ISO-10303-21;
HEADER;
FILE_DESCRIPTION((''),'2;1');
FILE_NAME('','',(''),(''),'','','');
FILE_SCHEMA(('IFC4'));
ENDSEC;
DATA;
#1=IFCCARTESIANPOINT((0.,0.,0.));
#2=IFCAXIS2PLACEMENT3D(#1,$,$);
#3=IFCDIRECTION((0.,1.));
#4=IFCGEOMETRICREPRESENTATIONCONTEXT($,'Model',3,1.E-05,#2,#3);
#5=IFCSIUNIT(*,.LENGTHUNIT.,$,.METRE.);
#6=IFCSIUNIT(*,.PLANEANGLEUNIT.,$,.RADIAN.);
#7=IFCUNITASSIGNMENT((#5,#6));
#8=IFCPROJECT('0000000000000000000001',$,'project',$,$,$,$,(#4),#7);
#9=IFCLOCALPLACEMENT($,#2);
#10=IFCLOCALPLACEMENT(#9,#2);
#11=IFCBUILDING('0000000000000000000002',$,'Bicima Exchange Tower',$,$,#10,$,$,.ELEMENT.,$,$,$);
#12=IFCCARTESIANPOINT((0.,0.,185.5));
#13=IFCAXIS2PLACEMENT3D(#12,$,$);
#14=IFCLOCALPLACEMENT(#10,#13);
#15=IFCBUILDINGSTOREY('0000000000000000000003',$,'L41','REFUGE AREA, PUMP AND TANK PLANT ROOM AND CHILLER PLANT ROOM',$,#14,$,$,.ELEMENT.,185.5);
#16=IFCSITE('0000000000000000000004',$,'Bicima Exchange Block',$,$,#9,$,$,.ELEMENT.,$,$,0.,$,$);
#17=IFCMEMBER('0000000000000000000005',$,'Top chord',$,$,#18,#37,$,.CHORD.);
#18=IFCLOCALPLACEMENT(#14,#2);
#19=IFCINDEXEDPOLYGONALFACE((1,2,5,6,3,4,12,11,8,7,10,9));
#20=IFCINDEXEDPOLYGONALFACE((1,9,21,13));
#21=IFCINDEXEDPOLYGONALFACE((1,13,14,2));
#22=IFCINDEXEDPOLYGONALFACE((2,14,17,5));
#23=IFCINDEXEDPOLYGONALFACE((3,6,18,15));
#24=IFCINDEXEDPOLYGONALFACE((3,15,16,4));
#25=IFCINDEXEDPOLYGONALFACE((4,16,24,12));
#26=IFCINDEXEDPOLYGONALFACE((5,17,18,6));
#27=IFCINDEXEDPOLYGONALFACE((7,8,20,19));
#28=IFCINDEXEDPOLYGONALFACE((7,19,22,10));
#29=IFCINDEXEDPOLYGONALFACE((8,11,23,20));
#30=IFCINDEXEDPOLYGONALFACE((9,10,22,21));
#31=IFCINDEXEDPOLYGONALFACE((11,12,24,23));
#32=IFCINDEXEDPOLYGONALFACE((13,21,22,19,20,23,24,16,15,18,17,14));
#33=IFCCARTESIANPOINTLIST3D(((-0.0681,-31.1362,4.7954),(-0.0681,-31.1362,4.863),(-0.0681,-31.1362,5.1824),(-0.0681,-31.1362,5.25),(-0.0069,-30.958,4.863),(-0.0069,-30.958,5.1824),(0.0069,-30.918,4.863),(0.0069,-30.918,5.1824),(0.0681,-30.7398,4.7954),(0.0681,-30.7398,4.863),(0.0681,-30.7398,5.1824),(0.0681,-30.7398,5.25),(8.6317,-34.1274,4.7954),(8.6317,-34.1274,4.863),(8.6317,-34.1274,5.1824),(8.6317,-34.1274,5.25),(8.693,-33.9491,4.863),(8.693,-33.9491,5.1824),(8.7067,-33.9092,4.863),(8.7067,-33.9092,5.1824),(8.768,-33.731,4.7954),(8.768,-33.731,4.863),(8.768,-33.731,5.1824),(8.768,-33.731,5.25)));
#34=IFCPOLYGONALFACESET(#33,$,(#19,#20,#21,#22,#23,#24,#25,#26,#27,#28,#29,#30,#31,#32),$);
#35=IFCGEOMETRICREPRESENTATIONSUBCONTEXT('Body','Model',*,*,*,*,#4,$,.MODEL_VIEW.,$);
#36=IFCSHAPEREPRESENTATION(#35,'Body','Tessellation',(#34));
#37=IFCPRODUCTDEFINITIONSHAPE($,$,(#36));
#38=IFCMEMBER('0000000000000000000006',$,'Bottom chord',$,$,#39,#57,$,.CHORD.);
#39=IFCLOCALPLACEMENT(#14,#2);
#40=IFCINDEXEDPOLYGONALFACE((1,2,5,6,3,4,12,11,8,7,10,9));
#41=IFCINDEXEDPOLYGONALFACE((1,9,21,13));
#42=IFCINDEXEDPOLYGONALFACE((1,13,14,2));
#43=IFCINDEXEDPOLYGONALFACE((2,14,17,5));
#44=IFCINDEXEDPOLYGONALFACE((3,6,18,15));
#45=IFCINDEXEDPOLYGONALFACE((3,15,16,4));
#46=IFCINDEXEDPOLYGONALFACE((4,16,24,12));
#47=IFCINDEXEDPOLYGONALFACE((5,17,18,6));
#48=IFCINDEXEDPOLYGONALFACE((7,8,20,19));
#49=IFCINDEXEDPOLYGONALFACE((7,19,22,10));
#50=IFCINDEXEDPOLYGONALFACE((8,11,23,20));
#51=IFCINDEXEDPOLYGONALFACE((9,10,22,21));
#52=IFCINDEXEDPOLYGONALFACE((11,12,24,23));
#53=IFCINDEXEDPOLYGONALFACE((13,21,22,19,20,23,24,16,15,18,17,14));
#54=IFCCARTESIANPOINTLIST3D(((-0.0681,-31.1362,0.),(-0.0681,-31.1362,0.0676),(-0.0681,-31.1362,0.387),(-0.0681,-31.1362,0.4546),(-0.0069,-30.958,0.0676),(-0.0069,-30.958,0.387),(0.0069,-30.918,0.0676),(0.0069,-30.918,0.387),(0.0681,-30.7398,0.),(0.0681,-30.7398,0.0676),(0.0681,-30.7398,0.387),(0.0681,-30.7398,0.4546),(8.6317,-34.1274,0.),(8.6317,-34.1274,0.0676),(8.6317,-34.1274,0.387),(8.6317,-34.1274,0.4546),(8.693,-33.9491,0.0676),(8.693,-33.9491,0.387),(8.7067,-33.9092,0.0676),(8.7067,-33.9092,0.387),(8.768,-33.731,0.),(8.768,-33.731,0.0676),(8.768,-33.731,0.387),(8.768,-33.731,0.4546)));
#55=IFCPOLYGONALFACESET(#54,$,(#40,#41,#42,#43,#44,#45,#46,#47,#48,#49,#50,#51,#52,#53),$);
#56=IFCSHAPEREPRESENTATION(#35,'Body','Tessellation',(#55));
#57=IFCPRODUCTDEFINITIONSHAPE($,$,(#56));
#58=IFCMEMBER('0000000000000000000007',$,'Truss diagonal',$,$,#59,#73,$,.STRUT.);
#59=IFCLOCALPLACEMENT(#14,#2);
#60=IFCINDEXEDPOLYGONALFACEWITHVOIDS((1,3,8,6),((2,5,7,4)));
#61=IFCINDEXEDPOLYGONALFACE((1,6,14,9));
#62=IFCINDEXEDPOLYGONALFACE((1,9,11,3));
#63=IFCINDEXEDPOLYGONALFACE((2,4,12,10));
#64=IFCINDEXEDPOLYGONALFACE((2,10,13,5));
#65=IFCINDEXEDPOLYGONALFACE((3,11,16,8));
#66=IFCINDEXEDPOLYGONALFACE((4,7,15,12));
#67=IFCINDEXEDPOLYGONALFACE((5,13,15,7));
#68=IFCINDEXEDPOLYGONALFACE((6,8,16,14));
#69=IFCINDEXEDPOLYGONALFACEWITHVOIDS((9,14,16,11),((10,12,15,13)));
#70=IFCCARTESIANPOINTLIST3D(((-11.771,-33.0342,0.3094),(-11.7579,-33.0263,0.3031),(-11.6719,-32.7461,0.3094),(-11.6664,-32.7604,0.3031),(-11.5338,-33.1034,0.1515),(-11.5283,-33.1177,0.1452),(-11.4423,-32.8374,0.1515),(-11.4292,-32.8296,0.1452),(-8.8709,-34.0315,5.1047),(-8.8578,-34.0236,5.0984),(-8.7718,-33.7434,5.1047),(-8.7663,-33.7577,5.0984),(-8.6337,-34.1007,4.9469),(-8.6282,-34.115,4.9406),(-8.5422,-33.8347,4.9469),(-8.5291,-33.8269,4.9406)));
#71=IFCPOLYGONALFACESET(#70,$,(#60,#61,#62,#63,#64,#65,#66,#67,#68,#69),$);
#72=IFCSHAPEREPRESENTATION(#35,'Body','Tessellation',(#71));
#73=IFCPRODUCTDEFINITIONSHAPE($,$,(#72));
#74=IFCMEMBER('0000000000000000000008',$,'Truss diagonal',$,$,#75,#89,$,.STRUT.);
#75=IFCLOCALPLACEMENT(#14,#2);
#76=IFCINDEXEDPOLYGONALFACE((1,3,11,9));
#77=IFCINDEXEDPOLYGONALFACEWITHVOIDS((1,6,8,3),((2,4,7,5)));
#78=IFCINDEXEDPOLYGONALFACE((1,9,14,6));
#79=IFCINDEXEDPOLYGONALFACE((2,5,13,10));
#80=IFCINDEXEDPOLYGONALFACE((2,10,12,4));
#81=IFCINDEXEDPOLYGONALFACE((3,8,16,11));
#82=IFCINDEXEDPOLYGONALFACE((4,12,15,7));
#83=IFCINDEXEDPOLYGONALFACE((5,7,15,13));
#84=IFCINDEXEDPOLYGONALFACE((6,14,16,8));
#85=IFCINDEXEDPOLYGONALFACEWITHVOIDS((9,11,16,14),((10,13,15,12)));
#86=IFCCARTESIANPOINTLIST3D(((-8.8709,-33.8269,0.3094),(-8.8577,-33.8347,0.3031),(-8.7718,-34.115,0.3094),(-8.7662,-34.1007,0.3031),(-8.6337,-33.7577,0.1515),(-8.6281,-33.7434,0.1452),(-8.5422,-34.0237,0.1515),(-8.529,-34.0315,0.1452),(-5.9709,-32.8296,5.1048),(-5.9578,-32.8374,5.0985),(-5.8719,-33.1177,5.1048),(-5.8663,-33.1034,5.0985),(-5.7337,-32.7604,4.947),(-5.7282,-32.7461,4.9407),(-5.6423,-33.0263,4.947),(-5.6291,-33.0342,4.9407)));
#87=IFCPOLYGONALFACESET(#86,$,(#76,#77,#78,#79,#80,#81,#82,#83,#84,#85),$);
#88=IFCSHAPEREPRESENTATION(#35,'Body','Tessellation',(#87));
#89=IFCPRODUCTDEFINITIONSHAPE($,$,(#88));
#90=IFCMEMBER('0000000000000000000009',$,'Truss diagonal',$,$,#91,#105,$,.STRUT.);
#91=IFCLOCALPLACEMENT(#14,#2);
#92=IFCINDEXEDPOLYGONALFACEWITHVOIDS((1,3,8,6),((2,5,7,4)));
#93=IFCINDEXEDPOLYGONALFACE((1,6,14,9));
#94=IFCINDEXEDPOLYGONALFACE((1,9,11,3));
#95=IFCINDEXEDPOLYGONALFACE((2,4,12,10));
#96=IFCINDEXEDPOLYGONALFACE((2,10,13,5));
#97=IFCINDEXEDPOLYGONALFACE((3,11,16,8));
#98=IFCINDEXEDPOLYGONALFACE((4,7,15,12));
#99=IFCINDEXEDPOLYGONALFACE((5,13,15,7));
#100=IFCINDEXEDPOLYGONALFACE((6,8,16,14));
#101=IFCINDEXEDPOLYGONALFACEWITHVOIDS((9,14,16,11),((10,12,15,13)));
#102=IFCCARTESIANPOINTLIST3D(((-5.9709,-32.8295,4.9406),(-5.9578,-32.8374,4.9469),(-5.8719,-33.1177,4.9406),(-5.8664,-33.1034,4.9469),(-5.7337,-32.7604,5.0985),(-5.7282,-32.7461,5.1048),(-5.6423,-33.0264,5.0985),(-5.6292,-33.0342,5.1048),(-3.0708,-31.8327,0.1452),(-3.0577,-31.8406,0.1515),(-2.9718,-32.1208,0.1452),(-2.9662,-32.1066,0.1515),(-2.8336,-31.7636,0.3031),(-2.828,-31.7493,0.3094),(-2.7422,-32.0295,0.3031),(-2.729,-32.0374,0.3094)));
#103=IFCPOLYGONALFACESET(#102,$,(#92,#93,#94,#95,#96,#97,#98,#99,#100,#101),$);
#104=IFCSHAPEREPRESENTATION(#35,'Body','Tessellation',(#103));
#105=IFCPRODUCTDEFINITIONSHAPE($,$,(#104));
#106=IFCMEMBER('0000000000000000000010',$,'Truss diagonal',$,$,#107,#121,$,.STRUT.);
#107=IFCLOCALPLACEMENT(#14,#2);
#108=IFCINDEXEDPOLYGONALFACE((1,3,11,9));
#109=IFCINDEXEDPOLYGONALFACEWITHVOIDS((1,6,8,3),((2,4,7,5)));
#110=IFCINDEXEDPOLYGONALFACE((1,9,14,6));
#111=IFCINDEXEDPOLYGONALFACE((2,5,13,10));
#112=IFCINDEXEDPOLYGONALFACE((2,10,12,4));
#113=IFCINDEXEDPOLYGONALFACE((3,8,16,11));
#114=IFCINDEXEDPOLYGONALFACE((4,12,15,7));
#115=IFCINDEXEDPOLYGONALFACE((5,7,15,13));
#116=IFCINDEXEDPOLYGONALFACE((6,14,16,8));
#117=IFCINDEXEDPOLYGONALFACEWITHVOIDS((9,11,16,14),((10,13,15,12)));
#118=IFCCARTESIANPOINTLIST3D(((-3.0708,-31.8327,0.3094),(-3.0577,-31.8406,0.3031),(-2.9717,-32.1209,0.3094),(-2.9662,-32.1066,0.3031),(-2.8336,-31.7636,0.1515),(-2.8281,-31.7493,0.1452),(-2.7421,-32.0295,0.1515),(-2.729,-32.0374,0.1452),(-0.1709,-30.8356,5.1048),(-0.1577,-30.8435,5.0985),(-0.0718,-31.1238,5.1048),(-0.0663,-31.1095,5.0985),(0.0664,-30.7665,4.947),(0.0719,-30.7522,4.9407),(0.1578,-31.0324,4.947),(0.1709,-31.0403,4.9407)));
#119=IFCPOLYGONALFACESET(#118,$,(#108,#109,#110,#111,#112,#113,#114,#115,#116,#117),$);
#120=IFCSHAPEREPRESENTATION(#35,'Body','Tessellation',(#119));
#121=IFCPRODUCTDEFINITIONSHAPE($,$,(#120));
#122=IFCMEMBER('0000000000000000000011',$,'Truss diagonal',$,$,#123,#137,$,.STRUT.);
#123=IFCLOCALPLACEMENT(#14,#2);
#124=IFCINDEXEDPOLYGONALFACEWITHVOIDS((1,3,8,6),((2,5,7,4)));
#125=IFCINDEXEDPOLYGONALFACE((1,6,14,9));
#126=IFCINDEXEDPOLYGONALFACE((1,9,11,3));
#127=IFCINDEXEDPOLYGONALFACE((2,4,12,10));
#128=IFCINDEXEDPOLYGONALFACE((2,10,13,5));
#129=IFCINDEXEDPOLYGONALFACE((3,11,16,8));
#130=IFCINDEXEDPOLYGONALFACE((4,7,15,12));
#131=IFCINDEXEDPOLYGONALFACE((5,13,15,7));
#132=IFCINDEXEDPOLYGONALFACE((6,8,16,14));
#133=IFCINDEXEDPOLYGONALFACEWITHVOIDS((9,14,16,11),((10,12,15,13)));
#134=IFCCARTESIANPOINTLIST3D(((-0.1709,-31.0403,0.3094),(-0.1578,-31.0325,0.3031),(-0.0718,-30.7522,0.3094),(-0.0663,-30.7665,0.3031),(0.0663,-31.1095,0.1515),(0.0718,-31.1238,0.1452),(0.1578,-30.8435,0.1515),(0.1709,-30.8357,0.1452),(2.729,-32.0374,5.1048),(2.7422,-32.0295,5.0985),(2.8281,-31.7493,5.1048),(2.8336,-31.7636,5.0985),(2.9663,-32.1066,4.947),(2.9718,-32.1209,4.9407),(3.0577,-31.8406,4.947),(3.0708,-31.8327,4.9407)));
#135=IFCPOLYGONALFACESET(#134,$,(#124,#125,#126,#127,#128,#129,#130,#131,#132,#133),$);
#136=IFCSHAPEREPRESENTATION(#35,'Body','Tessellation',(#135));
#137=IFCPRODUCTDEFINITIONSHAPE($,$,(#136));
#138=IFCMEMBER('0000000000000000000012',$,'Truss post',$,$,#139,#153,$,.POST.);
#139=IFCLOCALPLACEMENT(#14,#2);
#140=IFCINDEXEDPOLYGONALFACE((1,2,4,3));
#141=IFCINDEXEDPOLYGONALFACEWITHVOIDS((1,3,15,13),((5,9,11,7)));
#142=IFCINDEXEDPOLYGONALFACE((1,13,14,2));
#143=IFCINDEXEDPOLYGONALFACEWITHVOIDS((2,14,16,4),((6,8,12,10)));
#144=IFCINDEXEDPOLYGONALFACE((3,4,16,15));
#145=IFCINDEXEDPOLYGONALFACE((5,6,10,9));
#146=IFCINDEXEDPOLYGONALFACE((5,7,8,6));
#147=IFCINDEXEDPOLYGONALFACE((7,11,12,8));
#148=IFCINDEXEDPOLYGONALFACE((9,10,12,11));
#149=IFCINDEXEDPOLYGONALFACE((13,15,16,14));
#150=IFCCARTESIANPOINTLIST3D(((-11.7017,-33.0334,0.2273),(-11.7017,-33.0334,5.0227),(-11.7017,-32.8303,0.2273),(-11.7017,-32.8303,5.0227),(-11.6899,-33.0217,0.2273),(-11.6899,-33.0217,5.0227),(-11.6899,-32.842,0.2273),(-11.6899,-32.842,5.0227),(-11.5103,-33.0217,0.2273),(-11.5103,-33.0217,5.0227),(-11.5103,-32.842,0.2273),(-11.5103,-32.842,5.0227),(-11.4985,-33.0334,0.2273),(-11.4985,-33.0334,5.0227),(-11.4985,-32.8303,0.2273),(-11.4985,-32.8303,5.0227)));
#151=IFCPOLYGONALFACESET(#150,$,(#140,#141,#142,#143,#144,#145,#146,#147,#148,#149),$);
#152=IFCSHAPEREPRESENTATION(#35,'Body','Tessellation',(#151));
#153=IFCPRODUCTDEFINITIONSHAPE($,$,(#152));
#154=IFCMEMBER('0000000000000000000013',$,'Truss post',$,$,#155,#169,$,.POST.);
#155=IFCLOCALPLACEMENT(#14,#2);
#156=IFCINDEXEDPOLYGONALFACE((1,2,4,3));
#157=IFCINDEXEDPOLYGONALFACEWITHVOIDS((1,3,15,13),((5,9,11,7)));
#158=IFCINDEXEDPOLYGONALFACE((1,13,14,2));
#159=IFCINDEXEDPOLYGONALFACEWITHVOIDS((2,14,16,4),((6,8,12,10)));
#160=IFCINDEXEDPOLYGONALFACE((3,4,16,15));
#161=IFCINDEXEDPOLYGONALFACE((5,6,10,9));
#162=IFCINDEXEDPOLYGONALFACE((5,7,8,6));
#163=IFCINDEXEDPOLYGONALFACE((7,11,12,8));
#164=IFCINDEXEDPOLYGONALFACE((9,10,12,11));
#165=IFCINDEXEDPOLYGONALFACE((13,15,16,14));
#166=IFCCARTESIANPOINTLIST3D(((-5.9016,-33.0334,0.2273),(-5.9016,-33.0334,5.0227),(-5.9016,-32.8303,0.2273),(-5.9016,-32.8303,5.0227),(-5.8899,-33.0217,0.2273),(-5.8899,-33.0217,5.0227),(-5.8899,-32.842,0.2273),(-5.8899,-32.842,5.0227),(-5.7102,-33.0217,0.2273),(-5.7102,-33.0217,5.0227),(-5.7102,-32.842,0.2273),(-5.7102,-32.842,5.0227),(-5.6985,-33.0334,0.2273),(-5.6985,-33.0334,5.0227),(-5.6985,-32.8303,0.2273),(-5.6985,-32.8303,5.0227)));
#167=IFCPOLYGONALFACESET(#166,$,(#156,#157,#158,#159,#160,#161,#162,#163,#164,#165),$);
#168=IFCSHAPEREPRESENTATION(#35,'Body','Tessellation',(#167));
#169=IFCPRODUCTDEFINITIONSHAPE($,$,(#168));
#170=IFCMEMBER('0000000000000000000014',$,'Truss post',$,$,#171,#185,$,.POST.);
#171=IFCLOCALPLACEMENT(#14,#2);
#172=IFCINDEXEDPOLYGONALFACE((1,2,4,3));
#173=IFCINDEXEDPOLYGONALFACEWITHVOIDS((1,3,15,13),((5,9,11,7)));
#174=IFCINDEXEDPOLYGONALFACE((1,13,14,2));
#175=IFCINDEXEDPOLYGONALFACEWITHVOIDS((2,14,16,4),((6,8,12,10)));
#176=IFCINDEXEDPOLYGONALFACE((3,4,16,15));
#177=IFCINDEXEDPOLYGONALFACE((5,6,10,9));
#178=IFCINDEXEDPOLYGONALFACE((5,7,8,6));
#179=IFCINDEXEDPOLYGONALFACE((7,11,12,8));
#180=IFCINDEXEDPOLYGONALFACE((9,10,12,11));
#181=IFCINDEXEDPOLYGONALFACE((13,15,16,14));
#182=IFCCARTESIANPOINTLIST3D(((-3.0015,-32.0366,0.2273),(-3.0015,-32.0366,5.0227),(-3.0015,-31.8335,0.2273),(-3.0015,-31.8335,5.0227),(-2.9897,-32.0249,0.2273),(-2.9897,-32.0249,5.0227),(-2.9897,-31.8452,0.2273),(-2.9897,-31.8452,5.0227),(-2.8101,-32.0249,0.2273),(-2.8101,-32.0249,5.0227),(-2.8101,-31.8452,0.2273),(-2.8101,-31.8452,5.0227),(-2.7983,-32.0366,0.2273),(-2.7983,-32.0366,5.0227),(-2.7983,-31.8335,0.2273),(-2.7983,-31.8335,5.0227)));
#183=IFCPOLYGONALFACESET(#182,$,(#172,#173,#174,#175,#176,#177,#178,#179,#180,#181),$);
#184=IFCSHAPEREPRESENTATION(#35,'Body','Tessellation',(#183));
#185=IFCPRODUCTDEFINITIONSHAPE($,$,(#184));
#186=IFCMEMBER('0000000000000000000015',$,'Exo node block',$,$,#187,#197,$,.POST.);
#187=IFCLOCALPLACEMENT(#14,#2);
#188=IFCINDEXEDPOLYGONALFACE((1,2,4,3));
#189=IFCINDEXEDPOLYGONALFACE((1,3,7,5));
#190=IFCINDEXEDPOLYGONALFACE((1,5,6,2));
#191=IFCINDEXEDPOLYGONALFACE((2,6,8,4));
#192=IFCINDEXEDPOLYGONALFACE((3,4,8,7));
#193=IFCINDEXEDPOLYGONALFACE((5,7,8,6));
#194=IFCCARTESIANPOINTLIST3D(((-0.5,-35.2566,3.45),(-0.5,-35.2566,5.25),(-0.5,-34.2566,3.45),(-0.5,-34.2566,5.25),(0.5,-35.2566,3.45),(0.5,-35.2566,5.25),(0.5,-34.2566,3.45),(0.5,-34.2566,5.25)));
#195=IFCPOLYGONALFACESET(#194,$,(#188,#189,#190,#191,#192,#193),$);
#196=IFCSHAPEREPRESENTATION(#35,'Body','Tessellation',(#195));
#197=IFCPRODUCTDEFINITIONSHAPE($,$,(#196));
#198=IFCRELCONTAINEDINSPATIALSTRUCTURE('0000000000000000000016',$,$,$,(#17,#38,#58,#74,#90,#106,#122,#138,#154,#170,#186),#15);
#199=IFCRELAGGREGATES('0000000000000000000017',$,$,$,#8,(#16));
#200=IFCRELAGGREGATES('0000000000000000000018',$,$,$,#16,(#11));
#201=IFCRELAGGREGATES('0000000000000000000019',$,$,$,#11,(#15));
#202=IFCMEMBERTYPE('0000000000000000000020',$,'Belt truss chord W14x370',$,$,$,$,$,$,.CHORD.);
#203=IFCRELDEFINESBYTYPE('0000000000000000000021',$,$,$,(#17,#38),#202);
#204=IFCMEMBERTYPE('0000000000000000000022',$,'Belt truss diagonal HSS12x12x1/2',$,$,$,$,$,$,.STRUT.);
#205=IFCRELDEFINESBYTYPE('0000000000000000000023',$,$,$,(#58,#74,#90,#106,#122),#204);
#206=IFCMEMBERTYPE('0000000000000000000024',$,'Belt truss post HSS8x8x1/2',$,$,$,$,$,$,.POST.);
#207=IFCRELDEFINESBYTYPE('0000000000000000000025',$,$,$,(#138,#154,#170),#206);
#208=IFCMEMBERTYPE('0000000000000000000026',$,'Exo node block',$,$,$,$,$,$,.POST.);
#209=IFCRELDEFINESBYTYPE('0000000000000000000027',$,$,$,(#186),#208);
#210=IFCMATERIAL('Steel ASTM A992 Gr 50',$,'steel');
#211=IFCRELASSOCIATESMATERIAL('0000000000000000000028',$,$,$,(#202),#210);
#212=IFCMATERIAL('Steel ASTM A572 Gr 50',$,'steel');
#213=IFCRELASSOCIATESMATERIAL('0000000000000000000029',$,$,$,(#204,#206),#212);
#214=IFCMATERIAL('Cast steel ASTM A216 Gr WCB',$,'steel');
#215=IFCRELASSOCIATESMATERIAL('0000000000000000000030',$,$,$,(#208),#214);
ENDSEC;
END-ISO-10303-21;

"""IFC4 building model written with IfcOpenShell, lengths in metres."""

from ifc_helpers import new_model, si_unit, direction, frame, origin, origin_2d, place, context, subcontext, project, spatial, rectangle, hollow_rectangle, i_section, extrude, material, material_profile, profile_set, type_object, element, save


model = new_model("IFC4")

# Units and contexts
model_context = context("Model", 3, precision=1e-05, world=origin(), true_north=direction((0.0, 1.0)))
body_context = subcontext(model_context, "Body", "Model", "MODEL_VIEW")
ifc_project = project(units=[si_unit("LENGTHUNIT", "METRE"), si_unit("PLANEANGLEUNIT", "RADIAN")], contexts=[model_context])

# Site, building, storey
site_placement = place(None, origin())
site = spatial("IfcSite", under=ifc_project, at=site_placement, Name="Bicima Exchange Block", CompositionType="ELEMENT", RefElevation=0.0)
building_placement = place(site_placement, origin())
building = spatial("IfcBuilding", under=site, at=building_placement, Name="Bicima Exchange Tower", CompositionType="ELEMENT")
storey_placement = place(building_placement, frame((0.0, 0.0, 185.5)))
storey = spatial("IfcBuildingStorey", under=building, at=storey_placement, Name="L41", Description="REFUGE AREA, PUMP AND TANK PLANT ROOM AND CHILLER PLANT ROOM", CompositionType="ELEMENT", Elevation=185.5)

# Shared definitions
ifc_material_1 = material(Name="Steel ASTM A992 Gr 50", Category="steel")

# Members
ifc_material_profile_1 = material_profile(ifc_material_1, i_section(OverallWidth=0.4192, OverallDepth=0.4546, WebThickness=0.0422, FlangeThickness=0.0676, at=origin_2d()))
ifc_profile_set_1 = profile_set([ifc_material_profile_1], Name="Steel ASTM A992 Gr 50")
member_type_1 = type_object("IfcMemberType", Name="Belt truss chord W14x370", PredefinedType="CHORD", material=ifc_profile_set_1)
for number, where, z_axis, x_axis, name in (
    (1, (0.0, -30.938, 5.0227), (0.945666, -0.325138, 0.0), (0.325138, 0.945666, 0.0), "Top chord"),
    (2, (0.0, -30.938, 0.2273), (0.945666, -0.325138, 0.0), (0.325138, 0.945666, 0.0), "Bottom chord"),
):
    element("IfcMember", number, at=place(storey_placement, frame(where, z_axis=z_axis, x_axis=x_axis)), inside=storey, type_object=member_type_1, Name=name, PredefinedType="CHORD", context=body_context, shape_type="SweptSolid", body=[
        extrude(i_section(OverallWidth=0.4192, OverallDepth=0.4546, WebThickness=0.0422, FlangeThickness=0.0676, at=origin_2d()), origin(), (0.0, 0.0, 1.0), 9.1997),
    ])
ifc_material_2 = material(Name="Steel ASTM A572 Gr 50", Category="steel")
ifc_material_profile_2 = material_profile(ifc_material_2, hollow_rectangle(XDim=0.3047, YDim=0.3047, WallThickness=0.0117, at=origin_2d()))
ifc_profile_set_2 = profile_set([ifc_material_profile_2], Name="Steel ASTM A572 Gr 50")
member_type_2 = type_object("IfcMemberType", Name="Belt truss diagonal HSS12x12x1/2", PredefinedType="STRUT", material=ifc_profile_set_2)
for number, where, z_axis, x_axis, name in (
    (3, (-11.6001, -32.9319, 0.2273), (0.509492, -0.175206, 0.842449), (0.325193, 0.945648, 0.0), "Truss diagonal"),
    (4, (-8.7, -33.9292, 0.2273), (0.509461, 0.17521, 0.842467), (-0.325218, 0.945639, 0.0), "Truss diagonal"),
    (5, (-5.8, -32.9319, 5.0227), (0.5095, 0.175123, -0.842462), (-0.325051, 0.945697, 0.0), "Truss diagonal"),
    (6, (-2.8999, -31.9351, 0.2273), (0.509465, 0.175169, 0.842474), (-0.325147, 0.945664, 0.0), "Truss diagonal"),
    (7, (0.0, -30.938, 0.2273), (0.509465, -0.175169, 0.842474), (0.325147, 0.945664, 0.0), "Truss diagonal"),
):
    element("IfcMember", number, at=place(storey_placement, frame(where, z_axis=z_axis, x_axis=x_axis)), inside=storey, type_object=member_type_2, Name=name, PredefinedType="STRUT", context=body_context, shape_type="SweptSolid", body=[
        extrude(hollow_rectangle(XDim=0.3047, YDim=0.3047, WallThickness=0.0117, at=origin_2d()), origin(), (0.0, 0.0, 1.0), 5.6921),
    ])
ifc_material_profile_3 = material_profile(ifc_material_2, hollow_rectangle(XDim=0.2031, YDim=0.2031, WallThickness=0.0117, at=origin_2d()))
ifc_profile_set_3 = profile_set([ifc_material_profile_3], Name="Steel ASTM A572 Gr 50")
member_type_3 = type_object("IfcMemberType", Name="Belt truss post HSS8x8x1/2", PredefinedType="POST", material=ifc_profile_set_3)
for number, where, z_axis, x_axis, name in (
    (8, (-11.6001, -32.9319, 0.2273), (0.0, 0.0, 1.0), (1.0, 0.0, 0.0), "Truss post"),
    (9, (-5.8, -32.9319, 0.2273), (0.0, 0.0, 1.0), (1.0, 0.0, 0.0), "Truss post"),
    (10, (-2.8999, -31.9351, 0.2273), (0.0, 0.0, 1.0), (1.0, 0.0, 0.0), "Truss post"),
):
    element("IfcMember", number, at=place(storey_placement, frame(where, z_axis=z_axis, x_axis=x_axis)), inside=storey, type_object=member_type_3, Name=name, PredefinedType="POST", context=body_context, shape_type="SweptSolid", body=[
        extrude(hollow_rectangle(XDim=0.2031, YDim=0.2031, WallThickness=0.0117, at=origin_2d()), origin(), (0.0, 0.0, 1.0), 4.7954),
    ])
ifc_material_3 = material(Name="Cast steel ASTM A216 Gr WCB", Category="steel")
ifc_material_profile_4 = material_profile(ifc_material_3, rectangle(XDim=1.0, YDim=1.0, at=origin_2d()))
ifc_profile_set_4 = profile_set([ifc_material_profile_4], Name="Cast steel ASTM A216 Gr WCB")
member_type_4 = type_object("IfcMemberType", Name="Exo node block", PredefinedType="POST", material=ifc_profile_set_4)
member_1_placement = place(storey_placement, frame((0.0, -34.7566, 3.45), z_axis=(0.0, 0.0, 1.0), x_axis=(1.0, 0.0, 0.0)))
element("IfcMember", 11, at=member_1_placement, inside=storey, type_object=member_type_4, Name="Exo node block", PredefinedType="POST", context=body_context, shape_type="SweptSolid", body=[
    extrude(rectangle(XDim=1.0, YDim=1.0, at=origin_2d()), origin(), (0.0, 0.0, 1.0), 1.8),
])

save(model, "model.ifc")
